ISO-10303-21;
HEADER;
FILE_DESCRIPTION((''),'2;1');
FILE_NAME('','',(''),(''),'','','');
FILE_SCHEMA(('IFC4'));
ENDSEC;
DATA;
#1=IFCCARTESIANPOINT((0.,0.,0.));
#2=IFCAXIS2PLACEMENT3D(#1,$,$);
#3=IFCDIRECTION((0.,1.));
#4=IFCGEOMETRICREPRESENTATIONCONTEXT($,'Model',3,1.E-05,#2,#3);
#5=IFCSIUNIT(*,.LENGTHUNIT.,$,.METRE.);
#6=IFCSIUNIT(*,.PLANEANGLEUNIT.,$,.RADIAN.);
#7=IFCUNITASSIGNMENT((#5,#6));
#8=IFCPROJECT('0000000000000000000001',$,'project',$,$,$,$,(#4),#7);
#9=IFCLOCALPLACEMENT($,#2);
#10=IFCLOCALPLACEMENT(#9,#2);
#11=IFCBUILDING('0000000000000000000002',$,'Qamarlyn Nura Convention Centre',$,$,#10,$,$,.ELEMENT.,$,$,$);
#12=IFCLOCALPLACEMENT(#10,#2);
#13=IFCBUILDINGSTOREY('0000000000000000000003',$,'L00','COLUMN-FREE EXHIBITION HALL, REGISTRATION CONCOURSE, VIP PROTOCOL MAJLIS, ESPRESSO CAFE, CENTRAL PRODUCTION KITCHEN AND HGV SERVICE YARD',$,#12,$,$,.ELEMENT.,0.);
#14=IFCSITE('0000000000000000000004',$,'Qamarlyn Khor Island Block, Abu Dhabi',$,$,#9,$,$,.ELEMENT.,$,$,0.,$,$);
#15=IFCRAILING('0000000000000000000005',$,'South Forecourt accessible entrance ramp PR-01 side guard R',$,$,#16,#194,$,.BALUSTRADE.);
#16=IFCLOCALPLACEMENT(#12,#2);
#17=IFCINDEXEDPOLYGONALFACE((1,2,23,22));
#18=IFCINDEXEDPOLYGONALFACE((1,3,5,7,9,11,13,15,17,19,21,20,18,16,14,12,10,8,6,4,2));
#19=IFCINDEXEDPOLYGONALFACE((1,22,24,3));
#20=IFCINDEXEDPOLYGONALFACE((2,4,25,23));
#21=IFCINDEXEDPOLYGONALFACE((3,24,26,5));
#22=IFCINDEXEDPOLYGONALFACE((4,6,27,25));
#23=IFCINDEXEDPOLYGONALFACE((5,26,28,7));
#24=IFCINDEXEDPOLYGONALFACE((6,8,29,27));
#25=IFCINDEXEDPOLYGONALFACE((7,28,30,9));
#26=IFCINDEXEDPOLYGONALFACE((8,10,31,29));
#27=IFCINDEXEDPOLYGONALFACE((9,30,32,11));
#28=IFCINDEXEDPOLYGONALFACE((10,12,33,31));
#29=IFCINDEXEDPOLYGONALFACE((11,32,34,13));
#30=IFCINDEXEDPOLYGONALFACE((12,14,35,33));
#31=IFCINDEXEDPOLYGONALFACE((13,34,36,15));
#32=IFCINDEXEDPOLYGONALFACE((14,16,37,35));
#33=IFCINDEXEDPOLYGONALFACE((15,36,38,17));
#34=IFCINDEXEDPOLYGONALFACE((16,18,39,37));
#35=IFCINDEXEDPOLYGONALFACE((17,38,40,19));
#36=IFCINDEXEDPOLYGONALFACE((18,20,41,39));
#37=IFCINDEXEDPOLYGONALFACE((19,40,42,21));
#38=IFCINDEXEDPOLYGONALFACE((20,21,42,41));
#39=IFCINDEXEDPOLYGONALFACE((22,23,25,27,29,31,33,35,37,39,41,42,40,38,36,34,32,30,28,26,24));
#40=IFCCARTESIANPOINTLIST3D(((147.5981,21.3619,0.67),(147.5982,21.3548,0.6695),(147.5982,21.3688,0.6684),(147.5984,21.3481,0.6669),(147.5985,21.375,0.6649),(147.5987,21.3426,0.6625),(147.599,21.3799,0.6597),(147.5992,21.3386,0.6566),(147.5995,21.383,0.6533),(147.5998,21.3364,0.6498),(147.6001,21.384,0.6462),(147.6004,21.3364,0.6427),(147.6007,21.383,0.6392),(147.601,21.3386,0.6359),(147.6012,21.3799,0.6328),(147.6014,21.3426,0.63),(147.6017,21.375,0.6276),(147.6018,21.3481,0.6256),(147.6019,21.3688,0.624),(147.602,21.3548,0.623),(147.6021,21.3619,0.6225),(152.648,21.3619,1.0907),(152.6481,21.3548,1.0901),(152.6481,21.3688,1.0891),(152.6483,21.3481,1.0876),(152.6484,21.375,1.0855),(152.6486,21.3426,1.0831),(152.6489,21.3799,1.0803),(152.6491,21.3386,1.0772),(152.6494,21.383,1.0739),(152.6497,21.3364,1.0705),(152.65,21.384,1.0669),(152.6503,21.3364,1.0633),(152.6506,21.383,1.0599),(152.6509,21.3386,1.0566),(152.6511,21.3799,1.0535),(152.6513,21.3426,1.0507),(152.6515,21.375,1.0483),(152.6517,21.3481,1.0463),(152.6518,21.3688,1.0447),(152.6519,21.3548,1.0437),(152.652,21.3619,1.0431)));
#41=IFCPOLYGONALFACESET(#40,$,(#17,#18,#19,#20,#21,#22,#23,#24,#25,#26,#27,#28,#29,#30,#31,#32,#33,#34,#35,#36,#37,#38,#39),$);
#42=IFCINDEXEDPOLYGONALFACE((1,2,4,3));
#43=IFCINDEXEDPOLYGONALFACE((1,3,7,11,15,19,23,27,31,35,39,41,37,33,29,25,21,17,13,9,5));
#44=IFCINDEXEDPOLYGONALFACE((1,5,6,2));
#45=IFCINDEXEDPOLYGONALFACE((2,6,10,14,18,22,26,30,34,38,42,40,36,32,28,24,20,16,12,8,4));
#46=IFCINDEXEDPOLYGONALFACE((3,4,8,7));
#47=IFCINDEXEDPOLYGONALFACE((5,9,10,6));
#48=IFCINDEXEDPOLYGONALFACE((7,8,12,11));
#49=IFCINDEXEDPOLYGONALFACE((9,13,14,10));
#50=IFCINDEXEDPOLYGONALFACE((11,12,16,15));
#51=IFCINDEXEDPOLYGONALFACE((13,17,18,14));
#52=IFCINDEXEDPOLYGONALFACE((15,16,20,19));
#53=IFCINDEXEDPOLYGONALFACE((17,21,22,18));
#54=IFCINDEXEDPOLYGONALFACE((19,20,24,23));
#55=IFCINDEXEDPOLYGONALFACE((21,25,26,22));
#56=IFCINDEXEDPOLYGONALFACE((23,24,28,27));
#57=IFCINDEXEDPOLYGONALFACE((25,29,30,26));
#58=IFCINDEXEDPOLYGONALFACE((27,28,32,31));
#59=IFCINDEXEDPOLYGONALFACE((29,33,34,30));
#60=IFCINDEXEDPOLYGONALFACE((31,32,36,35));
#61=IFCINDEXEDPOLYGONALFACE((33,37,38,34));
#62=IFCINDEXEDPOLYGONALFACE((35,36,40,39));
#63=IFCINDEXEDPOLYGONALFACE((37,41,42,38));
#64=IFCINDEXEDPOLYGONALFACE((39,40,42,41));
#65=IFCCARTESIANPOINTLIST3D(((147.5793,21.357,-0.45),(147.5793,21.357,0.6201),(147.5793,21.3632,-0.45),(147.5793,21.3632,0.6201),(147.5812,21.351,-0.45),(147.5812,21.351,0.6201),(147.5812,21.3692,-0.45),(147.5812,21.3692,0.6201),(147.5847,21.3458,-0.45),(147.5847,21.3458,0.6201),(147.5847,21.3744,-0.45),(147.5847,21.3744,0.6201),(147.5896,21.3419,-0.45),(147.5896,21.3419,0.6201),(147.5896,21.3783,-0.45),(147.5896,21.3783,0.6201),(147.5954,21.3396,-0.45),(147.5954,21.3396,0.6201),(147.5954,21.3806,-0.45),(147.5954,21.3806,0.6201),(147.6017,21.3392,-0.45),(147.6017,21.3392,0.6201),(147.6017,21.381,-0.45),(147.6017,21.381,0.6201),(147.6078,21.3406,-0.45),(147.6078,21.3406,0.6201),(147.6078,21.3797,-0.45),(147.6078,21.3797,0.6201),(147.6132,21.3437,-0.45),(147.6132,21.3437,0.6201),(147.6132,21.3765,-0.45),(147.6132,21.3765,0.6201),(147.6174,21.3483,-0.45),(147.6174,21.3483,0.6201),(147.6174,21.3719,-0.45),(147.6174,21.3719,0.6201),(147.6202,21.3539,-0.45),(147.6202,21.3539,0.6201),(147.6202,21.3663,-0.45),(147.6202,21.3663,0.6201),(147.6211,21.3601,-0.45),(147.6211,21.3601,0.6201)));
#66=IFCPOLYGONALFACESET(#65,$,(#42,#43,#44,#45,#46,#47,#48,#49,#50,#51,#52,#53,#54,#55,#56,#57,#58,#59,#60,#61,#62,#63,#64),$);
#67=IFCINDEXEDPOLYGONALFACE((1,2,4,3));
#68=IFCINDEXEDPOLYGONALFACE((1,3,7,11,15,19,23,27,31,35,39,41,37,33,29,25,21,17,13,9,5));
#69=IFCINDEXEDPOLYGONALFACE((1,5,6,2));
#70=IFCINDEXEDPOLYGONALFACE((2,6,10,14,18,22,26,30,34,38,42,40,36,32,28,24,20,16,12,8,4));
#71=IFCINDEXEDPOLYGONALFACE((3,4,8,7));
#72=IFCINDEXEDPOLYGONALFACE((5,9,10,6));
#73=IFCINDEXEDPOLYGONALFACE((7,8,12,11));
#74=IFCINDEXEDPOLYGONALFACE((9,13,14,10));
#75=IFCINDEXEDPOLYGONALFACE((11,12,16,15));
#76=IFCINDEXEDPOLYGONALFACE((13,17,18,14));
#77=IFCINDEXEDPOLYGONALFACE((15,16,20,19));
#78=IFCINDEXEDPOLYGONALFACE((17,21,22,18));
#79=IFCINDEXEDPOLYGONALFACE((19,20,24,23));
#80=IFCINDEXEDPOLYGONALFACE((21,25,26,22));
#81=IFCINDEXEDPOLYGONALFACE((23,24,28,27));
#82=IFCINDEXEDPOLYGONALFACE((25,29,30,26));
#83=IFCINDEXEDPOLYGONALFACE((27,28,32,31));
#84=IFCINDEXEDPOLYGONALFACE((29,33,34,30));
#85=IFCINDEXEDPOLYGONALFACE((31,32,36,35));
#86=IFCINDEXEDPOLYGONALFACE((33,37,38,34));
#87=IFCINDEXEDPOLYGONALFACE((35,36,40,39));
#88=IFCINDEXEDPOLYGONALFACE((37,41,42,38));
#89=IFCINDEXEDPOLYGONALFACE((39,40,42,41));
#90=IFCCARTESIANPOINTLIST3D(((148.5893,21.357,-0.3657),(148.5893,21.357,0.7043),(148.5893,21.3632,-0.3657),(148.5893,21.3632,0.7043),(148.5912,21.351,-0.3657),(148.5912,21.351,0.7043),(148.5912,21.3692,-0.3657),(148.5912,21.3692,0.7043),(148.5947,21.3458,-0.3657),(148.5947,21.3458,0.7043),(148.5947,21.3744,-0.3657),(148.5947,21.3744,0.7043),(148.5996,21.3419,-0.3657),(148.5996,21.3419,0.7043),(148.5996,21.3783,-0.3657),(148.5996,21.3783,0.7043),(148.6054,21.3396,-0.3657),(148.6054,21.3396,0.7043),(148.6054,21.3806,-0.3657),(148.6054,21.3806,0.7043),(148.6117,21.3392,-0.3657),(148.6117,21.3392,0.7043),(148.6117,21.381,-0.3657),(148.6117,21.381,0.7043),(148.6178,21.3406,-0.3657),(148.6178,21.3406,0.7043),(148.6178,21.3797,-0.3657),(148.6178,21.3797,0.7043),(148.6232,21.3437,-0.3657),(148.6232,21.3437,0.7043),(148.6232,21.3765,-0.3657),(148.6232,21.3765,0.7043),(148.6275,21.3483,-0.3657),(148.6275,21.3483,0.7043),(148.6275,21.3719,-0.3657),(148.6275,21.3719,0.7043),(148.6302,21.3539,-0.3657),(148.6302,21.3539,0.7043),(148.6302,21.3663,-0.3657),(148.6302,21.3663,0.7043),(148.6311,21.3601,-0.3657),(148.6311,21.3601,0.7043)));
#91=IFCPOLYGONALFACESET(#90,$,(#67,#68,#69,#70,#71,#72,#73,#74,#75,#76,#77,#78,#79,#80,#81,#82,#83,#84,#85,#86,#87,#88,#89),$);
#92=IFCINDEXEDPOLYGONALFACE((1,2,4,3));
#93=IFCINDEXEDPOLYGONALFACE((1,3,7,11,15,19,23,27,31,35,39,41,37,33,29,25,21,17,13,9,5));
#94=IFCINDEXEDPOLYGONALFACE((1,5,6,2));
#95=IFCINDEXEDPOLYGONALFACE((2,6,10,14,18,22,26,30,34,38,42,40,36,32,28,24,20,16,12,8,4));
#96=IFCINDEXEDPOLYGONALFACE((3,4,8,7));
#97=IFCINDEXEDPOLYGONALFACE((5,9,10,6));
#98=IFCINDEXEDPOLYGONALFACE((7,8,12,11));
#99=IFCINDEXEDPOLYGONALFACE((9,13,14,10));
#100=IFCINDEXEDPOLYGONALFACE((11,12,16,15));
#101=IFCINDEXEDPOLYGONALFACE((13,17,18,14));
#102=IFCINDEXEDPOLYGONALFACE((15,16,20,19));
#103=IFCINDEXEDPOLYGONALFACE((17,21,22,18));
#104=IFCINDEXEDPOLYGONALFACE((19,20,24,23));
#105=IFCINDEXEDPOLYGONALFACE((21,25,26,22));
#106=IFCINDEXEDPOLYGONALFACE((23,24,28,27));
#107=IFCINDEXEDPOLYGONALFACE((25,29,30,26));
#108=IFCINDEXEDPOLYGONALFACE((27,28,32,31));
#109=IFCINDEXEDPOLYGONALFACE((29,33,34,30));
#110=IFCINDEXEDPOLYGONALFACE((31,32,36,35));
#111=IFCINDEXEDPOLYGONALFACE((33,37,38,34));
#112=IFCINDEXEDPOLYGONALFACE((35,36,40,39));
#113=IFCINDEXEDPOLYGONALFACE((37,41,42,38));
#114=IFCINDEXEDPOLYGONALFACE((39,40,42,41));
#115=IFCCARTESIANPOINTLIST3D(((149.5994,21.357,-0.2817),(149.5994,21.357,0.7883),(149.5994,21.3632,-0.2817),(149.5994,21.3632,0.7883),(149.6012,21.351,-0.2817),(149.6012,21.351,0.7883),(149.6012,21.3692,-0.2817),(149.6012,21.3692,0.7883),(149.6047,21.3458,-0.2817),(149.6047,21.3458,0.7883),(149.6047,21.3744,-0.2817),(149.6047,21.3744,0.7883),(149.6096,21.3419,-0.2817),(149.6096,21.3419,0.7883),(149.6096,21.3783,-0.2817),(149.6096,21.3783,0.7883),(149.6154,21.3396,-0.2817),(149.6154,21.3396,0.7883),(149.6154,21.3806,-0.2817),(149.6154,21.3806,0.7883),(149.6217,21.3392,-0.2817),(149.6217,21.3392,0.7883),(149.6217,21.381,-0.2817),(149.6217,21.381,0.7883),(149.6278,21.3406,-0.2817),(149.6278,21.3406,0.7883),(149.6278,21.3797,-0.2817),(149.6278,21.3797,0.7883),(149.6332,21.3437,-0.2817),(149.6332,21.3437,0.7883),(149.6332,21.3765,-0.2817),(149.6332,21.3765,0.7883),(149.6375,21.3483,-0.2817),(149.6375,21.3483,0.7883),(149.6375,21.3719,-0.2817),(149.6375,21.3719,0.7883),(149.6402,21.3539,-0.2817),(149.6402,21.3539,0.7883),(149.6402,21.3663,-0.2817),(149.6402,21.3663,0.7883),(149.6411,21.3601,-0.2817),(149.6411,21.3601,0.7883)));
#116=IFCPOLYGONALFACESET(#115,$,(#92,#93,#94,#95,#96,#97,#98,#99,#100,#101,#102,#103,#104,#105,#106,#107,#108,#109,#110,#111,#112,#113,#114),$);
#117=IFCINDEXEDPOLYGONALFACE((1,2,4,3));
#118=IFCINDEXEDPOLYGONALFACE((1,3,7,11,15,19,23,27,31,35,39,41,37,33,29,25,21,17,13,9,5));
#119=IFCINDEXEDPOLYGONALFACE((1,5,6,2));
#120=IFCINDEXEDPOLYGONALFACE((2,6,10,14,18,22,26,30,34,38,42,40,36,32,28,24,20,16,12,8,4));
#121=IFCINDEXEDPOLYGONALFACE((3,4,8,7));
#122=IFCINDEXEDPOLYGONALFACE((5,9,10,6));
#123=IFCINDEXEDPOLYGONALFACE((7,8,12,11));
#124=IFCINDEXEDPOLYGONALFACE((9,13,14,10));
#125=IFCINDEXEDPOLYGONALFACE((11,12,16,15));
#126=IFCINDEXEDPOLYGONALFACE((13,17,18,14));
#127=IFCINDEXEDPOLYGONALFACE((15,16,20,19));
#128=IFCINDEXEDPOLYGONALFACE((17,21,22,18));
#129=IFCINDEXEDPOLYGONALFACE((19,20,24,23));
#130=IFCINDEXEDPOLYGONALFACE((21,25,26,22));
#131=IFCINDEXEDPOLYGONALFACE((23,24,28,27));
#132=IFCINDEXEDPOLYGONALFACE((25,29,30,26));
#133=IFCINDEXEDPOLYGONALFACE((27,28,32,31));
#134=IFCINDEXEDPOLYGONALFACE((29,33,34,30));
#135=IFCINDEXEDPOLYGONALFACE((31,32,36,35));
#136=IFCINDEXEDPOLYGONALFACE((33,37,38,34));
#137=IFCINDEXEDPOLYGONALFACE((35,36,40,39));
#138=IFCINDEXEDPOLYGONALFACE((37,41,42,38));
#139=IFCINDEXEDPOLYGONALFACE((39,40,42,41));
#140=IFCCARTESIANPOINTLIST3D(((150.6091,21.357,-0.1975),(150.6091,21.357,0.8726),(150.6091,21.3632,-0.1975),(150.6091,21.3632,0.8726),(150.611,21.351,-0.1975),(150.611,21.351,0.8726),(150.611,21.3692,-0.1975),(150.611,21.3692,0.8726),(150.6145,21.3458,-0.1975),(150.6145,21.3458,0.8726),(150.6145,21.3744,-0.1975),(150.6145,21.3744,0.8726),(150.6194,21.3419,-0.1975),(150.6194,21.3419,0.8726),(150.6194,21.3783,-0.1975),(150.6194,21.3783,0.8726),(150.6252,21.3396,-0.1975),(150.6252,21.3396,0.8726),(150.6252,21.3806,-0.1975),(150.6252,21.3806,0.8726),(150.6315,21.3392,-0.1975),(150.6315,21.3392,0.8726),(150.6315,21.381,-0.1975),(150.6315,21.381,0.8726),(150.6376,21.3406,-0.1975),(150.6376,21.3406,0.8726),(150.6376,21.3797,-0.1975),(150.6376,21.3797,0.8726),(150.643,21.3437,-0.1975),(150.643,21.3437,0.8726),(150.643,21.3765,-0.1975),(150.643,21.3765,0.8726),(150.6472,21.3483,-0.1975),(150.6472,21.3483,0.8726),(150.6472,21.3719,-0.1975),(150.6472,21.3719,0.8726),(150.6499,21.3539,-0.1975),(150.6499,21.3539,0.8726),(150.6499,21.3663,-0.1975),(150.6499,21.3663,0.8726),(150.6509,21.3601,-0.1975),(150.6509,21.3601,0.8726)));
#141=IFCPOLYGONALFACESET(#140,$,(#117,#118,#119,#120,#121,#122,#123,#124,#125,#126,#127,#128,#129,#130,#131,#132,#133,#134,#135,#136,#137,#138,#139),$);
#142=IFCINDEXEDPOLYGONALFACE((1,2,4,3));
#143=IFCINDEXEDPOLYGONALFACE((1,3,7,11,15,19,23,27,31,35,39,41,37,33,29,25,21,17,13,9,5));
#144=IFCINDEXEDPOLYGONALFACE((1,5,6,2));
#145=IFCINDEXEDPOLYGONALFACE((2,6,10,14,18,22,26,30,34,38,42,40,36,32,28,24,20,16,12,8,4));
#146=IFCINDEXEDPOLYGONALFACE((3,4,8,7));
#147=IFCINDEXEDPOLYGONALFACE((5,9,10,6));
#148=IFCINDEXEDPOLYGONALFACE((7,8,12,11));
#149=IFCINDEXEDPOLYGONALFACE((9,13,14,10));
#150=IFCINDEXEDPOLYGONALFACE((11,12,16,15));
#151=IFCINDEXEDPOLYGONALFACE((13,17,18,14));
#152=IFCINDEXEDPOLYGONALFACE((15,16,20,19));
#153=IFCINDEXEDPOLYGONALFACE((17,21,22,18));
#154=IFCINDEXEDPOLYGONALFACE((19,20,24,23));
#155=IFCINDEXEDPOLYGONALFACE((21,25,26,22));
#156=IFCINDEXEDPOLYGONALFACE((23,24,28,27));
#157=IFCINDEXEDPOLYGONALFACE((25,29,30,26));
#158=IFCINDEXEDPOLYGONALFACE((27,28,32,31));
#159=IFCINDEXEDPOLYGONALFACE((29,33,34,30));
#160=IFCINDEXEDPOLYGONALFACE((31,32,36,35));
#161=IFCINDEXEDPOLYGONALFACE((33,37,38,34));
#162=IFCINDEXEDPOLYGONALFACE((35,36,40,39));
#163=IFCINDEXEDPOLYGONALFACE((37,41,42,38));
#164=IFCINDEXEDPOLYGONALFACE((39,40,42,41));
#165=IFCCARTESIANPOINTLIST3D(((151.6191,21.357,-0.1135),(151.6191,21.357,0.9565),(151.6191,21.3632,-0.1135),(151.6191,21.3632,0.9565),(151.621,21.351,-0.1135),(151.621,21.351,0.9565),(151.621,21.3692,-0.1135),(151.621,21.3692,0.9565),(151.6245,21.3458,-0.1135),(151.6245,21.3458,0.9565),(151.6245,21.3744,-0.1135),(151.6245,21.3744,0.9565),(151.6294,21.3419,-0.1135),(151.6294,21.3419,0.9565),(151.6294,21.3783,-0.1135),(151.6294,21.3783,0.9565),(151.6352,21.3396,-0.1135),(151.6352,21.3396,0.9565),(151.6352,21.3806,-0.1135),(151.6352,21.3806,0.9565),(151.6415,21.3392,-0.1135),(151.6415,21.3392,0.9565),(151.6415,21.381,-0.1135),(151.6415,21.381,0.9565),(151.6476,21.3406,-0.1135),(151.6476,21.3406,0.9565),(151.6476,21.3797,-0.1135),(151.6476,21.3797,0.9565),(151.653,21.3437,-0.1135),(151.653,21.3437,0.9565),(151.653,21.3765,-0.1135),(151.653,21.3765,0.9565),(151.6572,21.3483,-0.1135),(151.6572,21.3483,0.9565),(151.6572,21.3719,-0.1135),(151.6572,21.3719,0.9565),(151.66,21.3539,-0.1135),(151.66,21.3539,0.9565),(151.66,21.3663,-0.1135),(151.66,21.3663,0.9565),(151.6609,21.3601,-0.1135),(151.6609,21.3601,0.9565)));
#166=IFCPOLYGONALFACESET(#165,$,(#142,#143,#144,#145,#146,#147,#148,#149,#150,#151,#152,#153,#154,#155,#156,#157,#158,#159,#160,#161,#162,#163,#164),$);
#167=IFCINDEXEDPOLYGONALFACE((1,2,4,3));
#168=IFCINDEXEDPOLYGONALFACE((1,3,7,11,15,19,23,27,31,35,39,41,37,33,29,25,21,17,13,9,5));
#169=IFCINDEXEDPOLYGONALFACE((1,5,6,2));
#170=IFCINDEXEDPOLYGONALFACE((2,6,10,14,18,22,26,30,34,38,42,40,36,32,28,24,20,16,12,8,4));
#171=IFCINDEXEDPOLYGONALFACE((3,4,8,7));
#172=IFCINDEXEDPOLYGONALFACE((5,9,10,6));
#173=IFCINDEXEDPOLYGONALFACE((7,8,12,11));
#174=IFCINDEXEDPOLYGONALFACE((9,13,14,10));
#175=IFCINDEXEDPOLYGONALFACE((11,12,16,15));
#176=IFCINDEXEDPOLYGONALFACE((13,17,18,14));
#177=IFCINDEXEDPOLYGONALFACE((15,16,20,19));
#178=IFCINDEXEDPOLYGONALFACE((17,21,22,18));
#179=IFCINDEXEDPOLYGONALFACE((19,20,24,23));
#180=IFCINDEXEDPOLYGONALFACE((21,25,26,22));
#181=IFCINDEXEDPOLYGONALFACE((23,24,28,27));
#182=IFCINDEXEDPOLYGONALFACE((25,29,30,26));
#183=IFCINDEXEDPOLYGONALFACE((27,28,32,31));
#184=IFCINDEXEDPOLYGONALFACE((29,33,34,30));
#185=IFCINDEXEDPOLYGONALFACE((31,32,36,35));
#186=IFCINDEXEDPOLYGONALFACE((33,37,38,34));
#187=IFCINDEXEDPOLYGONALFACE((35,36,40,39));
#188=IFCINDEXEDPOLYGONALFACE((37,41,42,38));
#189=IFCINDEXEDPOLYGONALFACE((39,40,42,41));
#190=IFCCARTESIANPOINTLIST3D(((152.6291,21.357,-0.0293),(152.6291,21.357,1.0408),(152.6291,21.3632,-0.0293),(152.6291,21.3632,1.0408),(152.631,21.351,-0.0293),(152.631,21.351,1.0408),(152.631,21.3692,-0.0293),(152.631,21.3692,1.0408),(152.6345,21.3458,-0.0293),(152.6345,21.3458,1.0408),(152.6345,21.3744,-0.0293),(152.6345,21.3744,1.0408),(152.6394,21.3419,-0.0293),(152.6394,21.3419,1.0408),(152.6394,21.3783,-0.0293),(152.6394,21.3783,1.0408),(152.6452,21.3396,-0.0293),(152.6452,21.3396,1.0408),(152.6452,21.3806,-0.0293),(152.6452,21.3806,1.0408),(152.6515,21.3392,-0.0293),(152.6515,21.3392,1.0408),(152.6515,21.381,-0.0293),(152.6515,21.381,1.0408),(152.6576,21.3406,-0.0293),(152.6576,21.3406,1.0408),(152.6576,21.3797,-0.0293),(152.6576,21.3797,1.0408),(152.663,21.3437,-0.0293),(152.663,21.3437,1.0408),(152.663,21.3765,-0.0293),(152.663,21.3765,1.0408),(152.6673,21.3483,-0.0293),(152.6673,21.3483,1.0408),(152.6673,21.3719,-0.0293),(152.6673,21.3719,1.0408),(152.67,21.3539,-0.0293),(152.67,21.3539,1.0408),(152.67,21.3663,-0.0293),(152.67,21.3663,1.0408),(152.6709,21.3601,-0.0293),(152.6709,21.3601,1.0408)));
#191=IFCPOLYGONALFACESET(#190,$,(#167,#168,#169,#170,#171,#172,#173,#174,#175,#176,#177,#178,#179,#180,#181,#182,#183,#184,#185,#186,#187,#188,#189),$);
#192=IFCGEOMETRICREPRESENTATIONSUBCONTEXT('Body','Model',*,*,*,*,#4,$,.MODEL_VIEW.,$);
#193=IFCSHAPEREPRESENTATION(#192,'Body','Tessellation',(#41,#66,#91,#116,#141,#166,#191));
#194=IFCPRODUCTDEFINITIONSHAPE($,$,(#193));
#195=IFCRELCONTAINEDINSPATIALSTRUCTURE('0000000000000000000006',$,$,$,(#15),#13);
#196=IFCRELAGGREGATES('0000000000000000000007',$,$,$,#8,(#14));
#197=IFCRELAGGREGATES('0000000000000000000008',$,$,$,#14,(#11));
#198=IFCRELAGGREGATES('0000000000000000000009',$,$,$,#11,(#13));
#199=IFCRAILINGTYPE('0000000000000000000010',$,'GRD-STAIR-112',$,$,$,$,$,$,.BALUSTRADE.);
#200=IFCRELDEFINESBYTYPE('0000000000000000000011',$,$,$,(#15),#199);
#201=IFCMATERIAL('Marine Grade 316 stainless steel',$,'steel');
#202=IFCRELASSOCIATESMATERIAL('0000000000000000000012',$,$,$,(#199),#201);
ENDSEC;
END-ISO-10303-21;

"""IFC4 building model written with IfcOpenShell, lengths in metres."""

from ifc_helpers import new_model, si_unit, direction, frame, origin, origin_2d, place, context, subcontext, project, spatial, circle, extrude, material, type_object, element, save


model = new_model("IFC4")

# Units and contexts
model_context = context("Model", 3, precision=1e-05, world=origin(), true_north=direction((0.0, 1.0)))
body_context = subcontext(model_context, "Body", "Model", "MODEL_VIEW")
ifc_project = project(units=[si_unit("LENGTHUNIT", "METRE"), si_unit("PLANEANGLEUNIT", "RADIAN")], contexts=[model_context])

# Site, building, storey
site_placement = place(None, origin())
site = spatial("IfcSite", under=ifc_project, at=site_placement, Name="Qamarlyn Khor Island Block, Abu Dhabi", CompositionType="ELEMENT", RefElevation=0.0)
building_placement = place(site_placement, origin())
building = spatial("IfcBuilding", under=site, at=building_placement, Name="Qamarlyn Nura Convention Centre", CompositionType="ELEMENT")
storey_placement = place(building_placement, origin())
storey = spatial("IfcBuildingStorey", under=building, at=storey_placement, Name="L00", Description="COLUMN-FREE EXHIBITION HALL, REGISTRATION CONCOURSE, VIP PROTOCOL MAJLIS, ESPRESSO CAFE, CENTRAL PRODUCTION KITCHEN AND HGV SERVICE YARD", CompositionType="ELEMENT", Elevation=0.0)

# Railing
ifc_material_1 = material(Name="Marine Grade 316 stainless steel", Category="steel")
railing_type = type_object("IfcRailingType", Name="GRD-STAIR-112", PredefinedType="BALUSTRADE", material=ifc_material_1)
for number, where, name in (
    (1, (147.6001, 21.3601, -0.45), "South Forecourt accessible entrance ramp PR-01 side guard R"),
):
    element("IfcRailing", number, at=place(storey_placement, frame(where)), inside=storey, type_object=railing_type, Name=name, PredefinedType="BALUSTRADE", context=body_context, shape_type="SweptSolid", body=[
        extrude(circle(Radius=0.0239, at=origin_2d()), frame((0.0, 0.0, 1.0962), z_axis=(0.996548, 0.0, 0.083014), x_axis=(0.0, 1.0, 0.0)), (0.0, 0.0, 1.0), 5.0674),
        extrude(circle(Radius=0.021, at=origin_2d()), origin(), (0.0, 0.0, 1.0), 1.0701),
        extrude(circle(Radius=0.021, at=origin_2d()), frame((1.01, 0.0, 0.0842)), (0.0, 0.0, 1.0), 1.0701),
        extrude(circle(Radius=0.021, at=origin_2d()), frame((2.02, 0.0, 0.1682)), (0.0, 0.0, 1.0), 1.0701),
        extrude(circle(Radius=0.021, at=origin_2d()), frame((3.0298, 0.0, 0.2524)), (0.0, 0.0, 1.0), 1.0701),
        extrude(circle(Radius=0.021, at=origin_2d()), frame((4.0398, 0.0, 0.3364)), (0.0, 0.0, 1.0), 1.0701),
        extrude(circle(Radius=0.021, at=origin_2d()), frame((5.0498, 0.0, 0.4207)), (0.0, 0.0, 1.0), 1.0701),
    ])

save(model, "model.ifc")
